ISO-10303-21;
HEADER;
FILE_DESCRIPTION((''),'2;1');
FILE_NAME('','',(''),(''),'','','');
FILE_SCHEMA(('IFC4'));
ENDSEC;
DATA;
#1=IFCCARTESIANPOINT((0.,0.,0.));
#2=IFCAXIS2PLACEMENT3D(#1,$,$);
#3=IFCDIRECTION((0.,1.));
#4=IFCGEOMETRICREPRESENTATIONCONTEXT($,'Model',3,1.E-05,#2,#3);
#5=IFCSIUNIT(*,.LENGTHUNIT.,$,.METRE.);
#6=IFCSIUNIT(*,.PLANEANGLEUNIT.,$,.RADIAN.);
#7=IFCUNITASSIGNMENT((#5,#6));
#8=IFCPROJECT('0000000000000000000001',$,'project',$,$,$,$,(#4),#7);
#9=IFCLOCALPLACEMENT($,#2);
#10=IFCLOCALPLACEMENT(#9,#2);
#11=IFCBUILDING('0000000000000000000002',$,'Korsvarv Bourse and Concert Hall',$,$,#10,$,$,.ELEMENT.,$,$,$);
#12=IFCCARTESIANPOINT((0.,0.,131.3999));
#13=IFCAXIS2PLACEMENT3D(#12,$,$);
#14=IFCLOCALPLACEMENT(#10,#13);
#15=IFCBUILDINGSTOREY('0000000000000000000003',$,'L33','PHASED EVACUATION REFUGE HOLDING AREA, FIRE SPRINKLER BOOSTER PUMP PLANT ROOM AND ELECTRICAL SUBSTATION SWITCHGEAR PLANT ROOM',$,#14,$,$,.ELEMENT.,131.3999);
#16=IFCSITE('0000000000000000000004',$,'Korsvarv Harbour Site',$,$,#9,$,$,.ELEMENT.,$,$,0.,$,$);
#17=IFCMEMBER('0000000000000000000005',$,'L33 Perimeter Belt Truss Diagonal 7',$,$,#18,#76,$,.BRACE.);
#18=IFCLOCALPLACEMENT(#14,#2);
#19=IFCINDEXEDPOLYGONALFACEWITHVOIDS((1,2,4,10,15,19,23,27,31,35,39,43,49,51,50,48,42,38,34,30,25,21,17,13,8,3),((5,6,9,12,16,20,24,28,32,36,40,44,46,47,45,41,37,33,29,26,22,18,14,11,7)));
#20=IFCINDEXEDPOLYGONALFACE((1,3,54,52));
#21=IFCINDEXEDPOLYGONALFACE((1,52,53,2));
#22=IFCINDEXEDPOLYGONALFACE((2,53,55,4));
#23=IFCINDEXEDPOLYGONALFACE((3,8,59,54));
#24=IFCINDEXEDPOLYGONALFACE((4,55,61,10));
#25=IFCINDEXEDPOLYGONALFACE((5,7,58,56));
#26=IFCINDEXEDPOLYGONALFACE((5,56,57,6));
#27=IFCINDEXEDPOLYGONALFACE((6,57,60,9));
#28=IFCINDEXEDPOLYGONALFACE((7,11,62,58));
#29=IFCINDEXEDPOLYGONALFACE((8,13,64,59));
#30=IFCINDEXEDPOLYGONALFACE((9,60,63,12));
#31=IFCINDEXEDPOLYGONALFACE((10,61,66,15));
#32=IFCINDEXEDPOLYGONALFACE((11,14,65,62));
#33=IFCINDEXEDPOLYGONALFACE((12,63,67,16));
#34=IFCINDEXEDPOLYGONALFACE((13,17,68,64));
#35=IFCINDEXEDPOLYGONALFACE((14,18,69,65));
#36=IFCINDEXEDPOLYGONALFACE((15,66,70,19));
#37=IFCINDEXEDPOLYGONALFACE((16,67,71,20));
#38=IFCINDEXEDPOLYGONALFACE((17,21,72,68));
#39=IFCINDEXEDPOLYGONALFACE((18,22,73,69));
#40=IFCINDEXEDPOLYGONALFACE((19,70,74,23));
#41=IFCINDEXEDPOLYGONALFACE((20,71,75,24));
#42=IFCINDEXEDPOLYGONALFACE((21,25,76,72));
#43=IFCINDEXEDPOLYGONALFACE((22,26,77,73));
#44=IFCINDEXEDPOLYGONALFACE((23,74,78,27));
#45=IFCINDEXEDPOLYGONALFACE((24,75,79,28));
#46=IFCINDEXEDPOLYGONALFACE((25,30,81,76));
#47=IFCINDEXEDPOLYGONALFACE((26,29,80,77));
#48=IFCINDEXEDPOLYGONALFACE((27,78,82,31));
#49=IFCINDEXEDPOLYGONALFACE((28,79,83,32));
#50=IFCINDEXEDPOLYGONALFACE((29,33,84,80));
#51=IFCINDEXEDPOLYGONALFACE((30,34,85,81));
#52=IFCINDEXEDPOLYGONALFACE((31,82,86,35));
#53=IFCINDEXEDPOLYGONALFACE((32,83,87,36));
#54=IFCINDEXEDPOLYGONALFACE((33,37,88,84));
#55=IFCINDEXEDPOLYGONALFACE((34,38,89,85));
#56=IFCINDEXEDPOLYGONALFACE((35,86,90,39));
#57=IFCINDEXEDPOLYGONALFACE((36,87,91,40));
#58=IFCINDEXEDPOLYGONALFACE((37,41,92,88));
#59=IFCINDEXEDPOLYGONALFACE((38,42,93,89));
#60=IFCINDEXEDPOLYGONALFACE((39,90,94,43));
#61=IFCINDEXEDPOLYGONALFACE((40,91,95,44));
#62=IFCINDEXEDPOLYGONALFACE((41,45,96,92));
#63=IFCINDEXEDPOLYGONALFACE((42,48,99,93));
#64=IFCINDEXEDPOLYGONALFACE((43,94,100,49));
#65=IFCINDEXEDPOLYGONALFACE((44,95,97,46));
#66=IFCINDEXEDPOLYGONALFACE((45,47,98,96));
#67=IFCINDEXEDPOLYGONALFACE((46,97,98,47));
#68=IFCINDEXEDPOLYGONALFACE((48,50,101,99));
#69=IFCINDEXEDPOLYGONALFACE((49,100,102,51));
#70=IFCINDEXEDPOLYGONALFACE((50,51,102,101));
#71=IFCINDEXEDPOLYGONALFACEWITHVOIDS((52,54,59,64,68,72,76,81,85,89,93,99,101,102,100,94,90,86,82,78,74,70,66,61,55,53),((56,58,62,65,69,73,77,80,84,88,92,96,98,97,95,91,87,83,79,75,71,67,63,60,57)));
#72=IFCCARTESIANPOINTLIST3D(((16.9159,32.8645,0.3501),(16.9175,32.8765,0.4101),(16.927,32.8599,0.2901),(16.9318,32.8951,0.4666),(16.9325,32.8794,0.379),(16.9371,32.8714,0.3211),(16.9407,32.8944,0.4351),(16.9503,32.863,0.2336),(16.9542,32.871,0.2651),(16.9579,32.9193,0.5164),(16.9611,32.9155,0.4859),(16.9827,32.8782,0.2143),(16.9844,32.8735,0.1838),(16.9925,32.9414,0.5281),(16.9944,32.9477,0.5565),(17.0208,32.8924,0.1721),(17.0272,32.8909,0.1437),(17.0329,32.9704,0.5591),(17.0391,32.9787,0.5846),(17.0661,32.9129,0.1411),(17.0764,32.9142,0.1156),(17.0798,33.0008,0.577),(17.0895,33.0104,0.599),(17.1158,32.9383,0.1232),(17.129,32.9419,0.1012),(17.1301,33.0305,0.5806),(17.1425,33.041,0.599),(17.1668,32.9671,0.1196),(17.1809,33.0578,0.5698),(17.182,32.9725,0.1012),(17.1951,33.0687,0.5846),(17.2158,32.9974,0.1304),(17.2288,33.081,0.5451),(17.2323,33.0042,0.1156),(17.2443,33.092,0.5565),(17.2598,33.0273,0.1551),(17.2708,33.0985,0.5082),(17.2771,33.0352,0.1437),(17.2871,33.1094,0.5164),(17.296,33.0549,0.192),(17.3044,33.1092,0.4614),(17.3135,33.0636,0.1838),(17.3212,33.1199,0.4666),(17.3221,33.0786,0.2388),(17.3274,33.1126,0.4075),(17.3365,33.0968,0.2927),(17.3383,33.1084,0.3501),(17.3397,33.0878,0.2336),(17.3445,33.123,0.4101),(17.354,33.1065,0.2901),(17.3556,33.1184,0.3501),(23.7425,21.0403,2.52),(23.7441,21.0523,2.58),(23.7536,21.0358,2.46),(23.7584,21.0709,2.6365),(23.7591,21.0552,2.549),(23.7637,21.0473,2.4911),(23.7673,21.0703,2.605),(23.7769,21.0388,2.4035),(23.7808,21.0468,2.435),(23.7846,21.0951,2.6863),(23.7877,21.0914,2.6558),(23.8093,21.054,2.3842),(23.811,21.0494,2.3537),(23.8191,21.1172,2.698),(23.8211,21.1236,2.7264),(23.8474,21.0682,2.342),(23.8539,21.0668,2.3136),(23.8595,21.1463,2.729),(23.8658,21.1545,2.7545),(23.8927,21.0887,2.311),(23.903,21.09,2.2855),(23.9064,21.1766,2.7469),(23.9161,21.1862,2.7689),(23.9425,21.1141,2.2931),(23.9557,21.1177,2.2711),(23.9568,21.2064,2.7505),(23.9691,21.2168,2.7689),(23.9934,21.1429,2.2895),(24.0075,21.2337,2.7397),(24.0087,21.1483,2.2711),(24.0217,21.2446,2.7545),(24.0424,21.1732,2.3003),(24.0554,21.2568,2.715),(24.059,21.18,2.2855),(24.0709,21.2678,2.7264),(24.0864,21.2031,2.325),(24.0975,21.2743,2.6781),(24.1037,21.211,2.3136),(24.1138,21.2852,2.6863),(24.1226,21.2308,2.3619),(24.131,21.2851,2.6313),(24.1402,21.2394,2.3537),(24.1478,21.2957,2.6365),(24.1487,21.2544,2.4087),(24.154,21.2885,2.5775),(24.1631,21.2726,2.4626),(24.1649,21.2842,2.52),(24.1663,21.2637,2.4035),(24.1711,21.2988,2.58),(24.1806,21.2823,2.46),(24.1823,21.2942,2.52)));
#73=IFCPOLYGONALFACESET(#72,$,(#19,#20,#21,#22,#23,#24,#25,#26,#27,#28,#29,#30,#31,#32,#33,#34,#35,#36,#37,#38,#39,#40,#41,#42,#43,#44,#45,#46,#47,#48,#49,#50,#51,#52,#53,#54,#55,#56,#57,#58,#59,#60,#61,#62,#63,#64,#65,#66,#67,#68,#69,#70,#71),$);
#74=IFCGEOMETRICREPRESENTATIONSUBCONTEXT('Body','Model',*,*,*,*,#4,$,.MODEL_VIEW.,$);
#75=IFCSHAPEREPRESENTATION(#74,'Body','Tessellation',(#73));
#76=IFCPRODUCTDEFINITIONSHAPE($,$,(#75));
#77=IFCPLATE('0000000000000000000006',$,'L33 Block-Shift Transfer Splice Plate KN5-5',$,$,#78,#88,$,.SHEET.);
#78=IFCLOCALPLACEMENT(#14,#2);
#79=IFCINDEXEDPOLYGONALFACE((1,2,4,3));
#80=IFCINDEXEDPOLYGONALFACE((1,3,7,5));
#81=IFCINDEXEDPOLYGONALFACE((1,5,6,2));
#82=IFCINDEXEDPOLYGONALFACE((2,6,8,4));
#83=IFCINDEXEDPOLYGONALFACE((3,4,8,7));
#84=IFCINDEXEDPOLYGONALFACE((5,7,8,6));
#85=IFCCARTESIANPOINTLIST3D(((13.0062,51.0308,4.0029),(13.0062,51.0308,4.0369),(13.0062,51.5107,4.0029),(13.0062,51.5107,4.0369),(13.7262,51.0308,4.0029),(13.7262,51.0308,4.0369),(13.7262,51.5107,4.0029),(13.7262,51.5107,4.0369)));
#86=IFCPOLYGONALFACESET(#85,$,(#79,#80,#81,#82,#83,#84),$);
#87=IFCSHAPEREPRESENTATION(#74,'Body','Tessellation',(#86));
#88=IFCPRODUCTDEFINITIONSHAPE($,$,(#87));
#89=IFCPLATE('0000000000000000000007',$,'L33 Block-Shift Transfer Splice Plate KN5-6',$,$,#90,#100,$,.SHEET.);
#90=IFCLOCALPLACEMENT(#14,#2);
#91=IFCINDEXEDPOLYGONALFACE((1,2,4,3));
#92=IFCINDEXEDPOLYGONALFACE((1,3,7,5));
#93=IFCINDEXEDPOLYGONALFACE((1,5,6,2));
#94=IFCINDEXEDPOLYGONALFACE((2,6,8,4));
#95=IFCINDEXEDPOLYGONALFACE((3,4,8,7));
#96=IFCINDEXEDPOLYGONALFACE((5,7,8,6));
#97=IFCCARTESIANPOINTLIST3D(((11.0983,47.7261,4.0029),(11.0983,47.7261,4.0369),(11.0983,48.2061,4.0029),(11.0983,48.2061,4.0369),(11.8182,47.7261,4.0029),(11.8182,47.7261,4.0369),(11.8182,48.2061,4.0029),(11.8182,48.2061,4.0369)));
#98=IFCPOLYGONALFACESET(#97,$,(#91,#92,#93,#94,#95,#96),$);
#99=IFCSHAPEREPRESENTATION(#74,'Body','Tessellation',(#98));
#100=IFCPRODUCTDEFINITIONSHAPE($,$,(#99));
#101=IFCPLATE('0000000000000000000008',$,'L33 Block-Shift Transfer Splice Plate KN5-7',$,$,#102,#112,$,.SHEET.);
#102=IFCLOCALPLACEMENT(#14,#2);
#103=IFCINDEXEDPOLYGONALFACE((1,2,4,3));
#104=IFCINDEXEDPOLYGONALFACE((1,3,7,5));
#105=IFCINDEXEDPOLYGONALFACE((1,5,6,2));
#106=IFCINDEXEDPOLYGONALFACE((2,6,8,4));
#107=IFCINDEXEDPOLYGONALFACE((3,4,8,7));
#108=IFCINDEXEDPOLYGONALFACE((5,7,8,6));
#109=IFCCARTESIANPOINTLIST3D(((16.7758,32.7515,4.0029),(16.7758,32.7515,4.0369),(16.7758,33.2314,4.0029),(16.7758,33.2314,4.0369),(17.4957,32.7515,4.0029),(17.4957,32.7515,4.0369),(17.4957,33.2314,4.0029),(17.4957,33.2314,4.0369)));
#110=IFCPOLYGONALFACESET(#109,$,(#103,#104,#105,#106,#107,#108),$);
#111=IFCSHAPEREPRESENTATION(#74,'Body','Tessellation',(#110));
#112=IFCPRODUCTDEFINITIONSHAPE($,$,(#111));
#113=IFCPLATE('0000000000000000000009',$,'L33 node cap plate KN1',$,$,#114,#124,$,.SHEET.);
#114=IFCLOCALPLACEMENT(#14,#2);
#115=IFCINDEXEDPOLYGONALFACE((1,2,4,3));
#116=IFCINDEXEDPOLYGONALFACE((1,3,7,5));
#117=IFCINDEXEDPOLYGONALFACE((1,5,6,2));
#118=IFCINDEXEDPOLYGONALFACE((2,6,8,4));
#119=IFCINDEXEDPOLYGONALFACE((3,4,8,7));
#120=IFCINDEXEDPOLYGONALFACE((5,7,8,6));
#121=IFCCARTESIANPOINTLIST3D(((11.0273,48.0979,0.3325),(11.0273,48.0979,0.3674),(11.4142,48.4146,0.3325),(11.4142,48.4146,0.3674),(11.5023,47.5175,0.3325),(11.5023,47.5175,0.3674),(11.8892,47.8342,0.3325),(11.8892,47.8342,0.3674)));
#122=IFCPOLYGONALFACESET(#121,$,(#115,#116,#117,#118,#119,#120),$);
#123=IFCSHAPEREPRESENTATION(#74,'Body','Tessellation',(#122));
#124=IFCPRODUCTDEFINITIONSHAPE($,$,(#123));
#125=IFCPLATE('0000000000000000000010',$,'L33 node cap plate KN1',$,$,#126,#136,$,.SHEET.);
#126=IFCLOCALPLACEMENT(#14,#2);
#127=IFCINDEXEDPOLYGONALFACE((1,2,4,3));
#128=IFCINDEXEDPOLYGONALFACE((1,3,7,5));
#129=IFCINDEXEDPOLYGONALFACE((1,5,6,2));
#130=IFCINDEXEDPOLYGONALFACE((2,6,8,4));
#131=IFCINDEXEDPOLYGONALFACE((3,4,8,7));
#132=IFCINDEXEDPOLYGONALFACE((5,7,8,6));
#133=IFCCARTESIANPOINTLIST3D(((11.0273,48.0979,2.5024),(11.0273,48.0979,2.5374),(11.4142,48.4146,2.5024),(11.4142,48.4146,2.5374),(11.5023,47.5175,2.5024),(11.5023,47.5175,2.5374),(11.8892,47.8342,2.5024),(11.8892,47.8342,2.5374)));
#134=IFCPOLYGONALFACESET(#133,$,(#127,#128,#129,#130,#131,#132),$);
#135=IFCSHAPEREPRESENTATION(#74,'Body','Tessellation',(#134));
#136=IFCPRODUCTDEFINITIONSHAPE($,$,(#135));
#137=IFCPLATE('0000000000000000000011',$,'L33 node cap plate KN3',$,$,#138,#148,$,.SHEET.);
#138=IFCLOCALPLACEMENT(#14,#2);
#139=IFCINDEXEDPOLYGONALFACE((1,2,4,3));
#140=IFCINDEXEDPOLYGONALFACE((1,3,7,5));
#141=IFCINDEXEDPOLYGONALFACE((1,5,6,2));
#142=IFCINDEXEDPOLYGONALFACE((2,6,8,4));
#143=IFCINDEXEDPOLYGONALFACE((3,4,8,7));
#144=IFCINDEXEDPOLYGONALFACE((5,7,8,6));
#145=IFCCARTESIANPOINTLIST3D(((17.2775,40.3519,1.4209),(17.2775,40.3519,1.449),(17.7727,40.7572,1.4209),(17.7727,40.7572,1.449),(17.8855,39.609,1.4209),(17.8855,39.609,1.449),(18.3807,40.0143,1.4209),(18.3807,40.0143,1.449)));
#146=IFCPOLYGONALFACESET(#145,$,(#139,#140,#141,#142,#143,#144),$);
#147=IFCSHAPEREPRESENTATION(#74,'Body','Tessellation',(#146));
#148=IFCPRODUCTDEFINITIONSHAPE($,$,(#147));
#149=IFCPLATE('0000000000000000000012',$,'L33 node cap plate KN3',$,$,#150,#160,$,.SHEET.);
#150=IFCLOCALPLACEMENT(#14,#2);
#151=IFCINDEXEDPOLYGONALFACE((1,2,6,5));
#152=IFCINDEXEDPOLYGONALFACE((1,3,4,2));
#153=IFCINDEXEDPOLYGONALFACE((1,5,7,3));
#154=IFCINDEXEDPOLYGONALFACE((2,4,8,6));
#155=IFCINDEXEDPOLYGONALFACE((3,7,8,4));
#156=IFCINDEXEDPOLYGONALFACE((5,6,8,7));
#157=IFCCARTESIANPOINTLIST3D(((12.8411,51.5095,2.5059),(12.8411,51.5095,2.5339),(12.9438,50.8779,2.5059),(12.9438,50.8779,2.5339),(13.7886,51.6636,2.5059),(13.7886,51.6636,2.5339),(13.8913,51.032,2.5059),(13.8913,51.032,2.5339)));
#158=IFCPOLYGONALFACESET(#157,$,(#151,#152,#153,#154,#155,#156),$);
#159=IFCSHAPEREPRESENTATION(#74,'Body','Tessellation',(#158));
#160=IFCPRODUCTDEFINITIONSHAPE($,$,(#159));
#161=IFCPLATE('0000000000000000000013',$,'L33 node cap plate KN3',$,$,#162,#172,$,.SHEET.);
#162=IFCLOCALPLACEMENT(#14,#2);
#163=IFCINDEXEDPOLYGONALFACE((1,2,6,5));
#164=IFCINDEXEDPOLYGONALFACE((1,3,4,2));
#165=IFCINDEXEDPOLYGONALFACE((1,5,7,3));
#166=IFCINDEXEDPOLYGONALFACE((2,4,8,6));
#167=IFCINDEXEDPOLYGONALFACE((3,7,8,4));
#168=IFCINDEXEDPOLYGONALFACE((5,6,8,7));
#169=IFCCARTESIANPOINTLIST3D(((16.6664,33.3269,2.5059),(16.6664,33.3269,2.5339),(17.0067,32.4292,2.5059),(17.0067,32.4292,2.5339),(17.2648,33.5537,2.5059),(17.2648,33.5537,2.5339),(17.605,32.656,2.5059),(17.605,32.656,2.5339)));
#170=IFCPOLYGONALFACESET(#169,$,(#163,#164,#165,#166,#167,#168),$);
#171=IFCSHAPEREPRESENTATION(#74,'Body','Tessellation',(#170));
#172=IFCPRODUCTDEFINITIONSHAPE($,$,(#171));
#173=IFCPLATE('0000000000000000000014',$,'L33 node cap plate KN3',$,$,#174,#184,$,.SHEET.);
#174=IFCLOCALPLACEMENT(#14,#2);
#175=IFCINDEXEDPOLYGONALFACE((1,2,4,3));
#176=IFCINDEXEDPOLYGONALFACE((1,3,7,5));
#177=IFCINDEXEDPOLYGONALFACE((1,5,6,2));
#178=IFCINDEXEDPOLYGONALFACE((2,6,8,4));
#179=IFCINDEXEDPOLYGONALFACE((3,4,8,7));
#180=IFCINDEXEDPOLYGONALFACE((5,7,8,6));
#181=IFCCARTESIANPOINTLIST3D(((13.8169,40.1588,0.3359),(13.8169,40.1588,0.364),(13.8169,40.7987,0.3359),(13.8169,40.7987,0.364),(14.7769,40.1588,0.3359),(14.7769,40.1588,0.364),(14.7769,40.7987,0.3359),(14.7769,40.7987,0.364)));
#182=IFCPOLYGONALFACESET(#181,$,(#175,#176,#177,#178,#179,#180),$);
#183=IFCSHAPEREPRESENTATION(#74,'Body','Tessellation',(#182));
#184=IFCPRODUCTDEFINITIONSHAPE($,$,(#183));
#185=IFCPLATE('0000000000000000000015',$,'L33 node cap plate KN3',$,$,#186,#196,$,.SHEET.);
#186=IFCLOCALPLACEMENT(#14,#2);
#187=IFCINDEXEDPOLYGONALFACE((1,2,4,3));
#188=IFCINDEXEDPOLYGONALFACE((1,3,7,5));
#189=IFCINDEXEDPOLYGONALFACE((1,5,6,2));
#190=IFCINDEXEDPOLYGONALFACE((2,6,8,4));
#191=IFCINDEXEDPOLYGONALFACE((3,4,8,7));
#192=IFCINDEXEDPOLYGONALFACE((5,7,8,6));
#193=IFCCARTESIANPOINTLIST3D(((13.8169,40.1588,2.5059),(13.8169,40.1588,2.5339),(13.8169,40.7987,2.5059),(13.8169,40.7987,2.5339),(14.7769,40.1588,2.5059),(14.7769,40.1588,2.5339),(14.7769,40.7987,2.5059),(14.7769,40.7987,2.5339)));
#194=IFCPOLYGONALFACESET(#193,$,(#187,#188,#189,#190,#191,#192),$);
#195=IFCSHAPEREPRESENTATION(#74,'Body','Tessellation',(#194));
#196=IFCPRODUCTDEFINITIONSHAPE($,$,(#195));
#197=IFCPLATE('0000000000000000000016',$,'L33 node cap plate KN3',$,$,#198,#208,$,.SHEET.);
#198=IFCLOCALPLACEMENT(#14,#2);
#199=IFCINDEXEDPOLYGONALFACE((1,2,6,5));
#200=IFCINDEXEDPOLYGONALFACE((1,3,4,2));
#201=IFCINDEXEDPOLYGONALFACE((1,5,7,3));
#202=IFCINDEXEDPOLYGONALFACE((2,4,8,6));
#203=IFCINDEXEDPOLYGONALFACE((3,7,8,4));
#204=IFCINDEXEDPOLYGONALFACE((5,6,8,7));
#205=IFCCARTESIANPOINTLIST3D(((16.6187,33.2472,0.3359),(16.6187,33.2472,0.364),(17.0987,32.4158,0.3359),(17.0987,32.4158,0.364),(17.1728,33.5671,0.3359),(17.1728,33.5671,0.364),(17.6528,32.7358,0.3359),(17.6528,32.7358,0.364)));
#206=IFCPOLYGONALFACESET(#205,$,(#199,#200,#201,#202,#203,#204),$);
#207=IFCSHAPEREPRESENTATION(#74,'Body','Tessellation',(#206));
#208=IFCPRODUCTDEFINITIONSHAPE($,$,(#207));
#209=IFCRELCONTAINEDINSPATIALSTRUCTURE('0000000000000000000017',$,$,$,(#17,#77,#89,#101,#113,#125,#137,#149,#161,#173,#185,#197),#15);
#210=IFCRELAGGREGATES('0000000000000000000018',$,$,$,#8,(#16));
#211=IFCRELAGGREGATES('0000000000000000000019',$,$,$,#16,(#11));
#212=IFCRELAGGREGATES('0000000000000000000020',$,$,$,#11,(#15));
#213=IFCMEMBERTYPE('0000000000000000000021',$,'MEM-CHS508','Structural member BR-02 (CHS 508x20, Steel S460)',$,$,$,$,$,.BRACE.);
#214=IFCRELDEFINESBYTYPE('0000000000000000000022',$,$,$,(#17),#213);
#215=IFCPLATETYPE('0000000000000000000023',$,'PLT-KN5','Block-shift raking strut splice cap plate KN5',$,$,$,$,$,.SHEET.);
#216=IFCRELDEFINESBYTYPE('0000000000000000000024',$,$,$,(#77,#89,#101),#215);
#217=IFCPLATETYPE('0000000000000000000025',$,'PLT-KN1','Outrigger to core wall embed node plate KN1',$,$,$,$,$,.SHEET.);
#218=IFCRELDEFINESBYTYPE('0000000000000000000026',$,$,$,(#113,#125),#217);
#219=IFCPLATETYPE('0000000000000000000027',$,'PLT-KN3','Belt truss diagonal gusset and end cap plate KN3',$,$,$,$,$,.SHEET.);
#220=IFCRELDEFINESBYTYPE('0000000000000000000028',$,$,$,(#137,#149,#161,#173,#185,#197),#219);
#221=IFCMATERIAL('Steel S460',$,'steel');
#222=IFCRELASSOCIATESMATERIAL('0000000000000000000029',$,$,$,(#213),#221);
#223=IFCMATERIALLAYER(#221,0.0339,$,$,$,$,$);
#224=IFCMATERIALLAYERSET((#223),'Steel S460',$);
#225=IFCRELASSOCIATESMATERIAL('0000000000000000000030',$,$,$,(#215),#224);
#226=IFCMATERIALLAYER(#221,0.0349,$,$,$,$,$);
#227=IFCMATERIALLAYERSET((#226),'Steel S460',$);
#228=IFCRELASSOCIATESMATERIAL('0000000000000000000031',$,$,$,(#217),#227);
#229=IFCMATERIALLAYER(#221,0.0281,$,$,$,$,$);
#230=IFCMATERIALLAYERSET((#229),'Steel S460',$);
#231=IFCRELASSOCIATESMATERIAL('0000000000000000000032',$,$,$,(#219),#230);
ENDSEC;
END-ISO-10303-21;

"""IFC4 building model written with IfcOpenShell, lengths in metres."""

from ifc_helpers import new_model, si_unit, direction, frame, origin, origin_2d, place, context, subcontext, project, spatial, rectangle, hollow_circle, extrude, source, transform, mapped, material, layer, layer_set, material_profile, profile_set, type_object, element, save


model = new_model("IFC4")

# Units and contexts
model_context = context("Model", 3, precision=1e-05, world=origin(), true_north=direction((0.0, 1.0)))
body_context = subcontext(model_context, "Body", "Model", "MODEL_VIEW")
ifc_project = project(units=[si_unit("LENGTHUNIT", "METRE"), si_unit("PLANEANGLEUNIT", "RADIAN")], contexts=[model_context])

# Site, building, storey
site_placement = place(None, origin())
site = spatial("IfcSite", under=ifc_project, at=site_placement, Name="Korsvarv Harbour Site", CompositionType="ELEMENT", RefElevation=0.0)
building_placement = place(site_placement, origin())
building = spatial("IfcBuilding", under=site, at=building_placement, Name="Korsvarv Bourse and Concert Hall", CompositionType="ELEMENT")
storey_placement = place(building_placement, frame((0.0, 0.0, 131.3999)))
storey = spatial("IfcBuildingStorey", under=building, at=storey_placement, Name="L33", Description="PHASED EVACUATION REFUGE HOLDING AREA, FIRE SPRINKLER BOOSTER PUMP PLANT ROOM AND ELECTRICAL SUBSTATION SWITCHGEAR PLANT ROOM", CompositionType="ELEMENT", Elevation=131.3999)

# Shared definitions
ifc_material_1 = material(Name="Steel S460", Category="steel")

# Member
ifc_material_profile_1 = material_profile(ifc_material_1, hollow_circle(Radius=0.2539, WallThickness=0.02, at=origin_2d()), Name="CHS 508x20")
ifc_profile_set_1 = profile_set([ifc_material_profile_1], Name="Steel S460")
member_type_1 = type_object("IfcMemberType", Name="MEM-CHS508", Description="Structural member BR-02 (CHS 508x20, Steel S460)", PredefinedType="BRACE", material=ifc_profile_set_1)
shared_shape_1 = source(origin(), body_context, "Body", "SweptSolid", [
    extrude(hollow_circle(Radius=0.2539, WallThickness=0.02, at=origin_2d()), origin(), (0.0, 0.0, 1.0), 13.8247),
])
member_1_placement = place(storey_placement, frame((17.1357, 32.9915, 0.3501), z_axis=(0.4938, -0.855293, 0.156959), x_axis=(0.866027, 0.499997, 0.0)))
element("IfcMember", 1, at=member_1_placement, inside=storey, type_object=member_type_1, Name="L33 Perimeter Belt Truss Diagonal 7", PredefinedType="BRACE", context=body_context, shape_type="MappedRepresentation", body=[
    mapped(shared_shape_1, transform((0.0, 0.0, 0.0), scale=1.0)),
])

# Plates
ifc_layer_1 = layer(ifc_material_1, 0.0339)
ifc_layer_set_1 = layer_set([ifc_layer_1], Name="Steel S460")
plate_type_1 = type_object("IfcPlateType", Name="PLT-KN5", Description="Block-shift raking strut splice cap plate KN5", PredefinedType="SHEET", material=ifc_layer_set_1)
shared_shape_2 = source(origin(), body_context, "Body", "SweptSolid", [
    extrude(rectangle(XDim=0.72, YDim=0.48, at=origin_2d()), origin(), (0.0, 0.0, 1.0), 0.0339),
])
for number, where, z_axis, x_axis, name in (
    (2, (13.3662, 51.2708, 4.0029), (0.0, 0.0, 1.0), (1.0, 0.0, 0.0), "L33 Block-Shift Transfer Splice Plate KN5-5"),
    (3, (11.4583, 47.9661, 4.0029), (0.0, 0.0, 1.0), (1.0, 0.0, 0.0), "L33 Block-Shift Transfer Splice Plate KN5-6"),
    (4, (17.1357, 32.9915, 4.0029), (0.0, 0.0, 1.0), (1.0, 0.0, 0.0), "L33 Block-Shift Transfer Splice Plate KN5-7"),
):
    element("IfcPlate", number, at=place(storey_placement, frame(where, z_axis=z_axis, x_axis=x_axis)), inside=storey, type_object=plate_type_1, Name=name, PredefinedType="SHEET", context=body_context, shape_type="MappedRepresentation", body=[
        mapped(shared_shape_2, transform((0.0, 0.0, 0.0), scale=1.0)),
    ])
ifc_layer_2 = layer(ifc_material_1, 0.0349)
ifc_layer_set_2 = layer_set([ifc_layer_2], Name="Steel S460")
plate_type_2 = type_object("IfcPlateType", Name="PLT-KN1", Description="Outrigger to core wall embed node plate KN1", PredefinedType="SHEET", material=ifc_layer_set_2)
shared_shape_3 = source(origin(), body_context, "Body", "SweptSolid", [
    extrude(rectangle(XDim=0.75, YDim=0.5, at=origin_2d()), origin(), (0.0, 0.0, 1.0), 0.0349),
])
for number, where, z_axis, x_axis, name in (
    (5, (11.4583, 47.9661, 0.3325), (0.0, 0.0, 1.0), (-0.633381, 0.77384, 0.0), "L33 node cap plate KN1"),
    (6, (11.4583, 47.9661, 2.5024), (0.0, 0.0, 1.0), (-0.633381, 0.77384, 0.0), "L33 node cap plate KN1"),
):
    element("IfcPlate", number, at=place(storey_placement, frame(where, z_axis=z_axis, x_axis=x_axis)), inside=storey, type_object=plate_type_2, Name=name, PredefinedType="SHEET", context=body_context, shape_type="MappedRepresentation", body=[
        mapped(shared_shape_3, transform((0.0, 0.0, 0.0), scale=1.0)),
    ])
ifc_layer_3 = layer(ifc_material_1, 0.0281)
ifc_layer_set_3 = layer_set([ifc_layer_3], Name="Steel S460")
plate_type_3 = type_object("IfcPlateType", Name="PLT-KN3", Description="Belt truss diagonal gusset and end cap plate KN3", PredefinedType="SHEET", material=ifc_layer_set_3)
shared_shape_4 = source(origin(), body_context, "Body", "SweptSolid", [
    extrude(rectangle(XDim=0.96, YDim=0.6399, at=origin_2d()), origin(), (0.0, 0.0, 1.0), 0.0281),
])
for number, where, z_axis, x_axis, name in (
    (7, (17.8291, 40.1831, 1.4209), (0.0, 0.0, 1.0), (-0.633381, 0.77384, 0.0), "L33 node cap plate KN3"),
    (8, (13.3662, 51.2708, 2.5059), (0.0, 0.0, 1.0), (0.987024, 0.16057, 0.0), "L33 node cap plate KN3"),
    (9, (17.1357, 32.9915, 2.5059), (0.0, 0.0, 1.0), (-0.354454, 0.935073, 0.0), "L33 node cap plate KN3"),
    (10, (14.2969, 40.4788, 0.3359), (0.0, 0.0, 1.0), (1.0, 0.0, 0.0), "L33 node cap plate KN3"),
    (11, (14.2969, 40.4788, 2.5059), (0.0, 0.0, 1.0), (1.0, 0.0, 0.0), "L33 node cap plate KN3"),
    (12, (17.1357, 32.9915, 0.3359), (0.0, 0.0, 1.0), (-0.5, 0.866025, 0.0), "L33 node cap plate KN3"),
):
    element("IfcPlate", number, at=place(storey_placement, frame(where, z_axis=z_axis, x_axis=x_axis)), inside=storey, type_object=plate_type_3, Name=name, PredefinedType="SHEET", context=body_context, shape_type="MappedRepresentation", body=[
        mapped(shared_shape_4, transform((0.0, 0.0, 0.0), scale=1.0)),
    ])

save(model, "model.ifc")
